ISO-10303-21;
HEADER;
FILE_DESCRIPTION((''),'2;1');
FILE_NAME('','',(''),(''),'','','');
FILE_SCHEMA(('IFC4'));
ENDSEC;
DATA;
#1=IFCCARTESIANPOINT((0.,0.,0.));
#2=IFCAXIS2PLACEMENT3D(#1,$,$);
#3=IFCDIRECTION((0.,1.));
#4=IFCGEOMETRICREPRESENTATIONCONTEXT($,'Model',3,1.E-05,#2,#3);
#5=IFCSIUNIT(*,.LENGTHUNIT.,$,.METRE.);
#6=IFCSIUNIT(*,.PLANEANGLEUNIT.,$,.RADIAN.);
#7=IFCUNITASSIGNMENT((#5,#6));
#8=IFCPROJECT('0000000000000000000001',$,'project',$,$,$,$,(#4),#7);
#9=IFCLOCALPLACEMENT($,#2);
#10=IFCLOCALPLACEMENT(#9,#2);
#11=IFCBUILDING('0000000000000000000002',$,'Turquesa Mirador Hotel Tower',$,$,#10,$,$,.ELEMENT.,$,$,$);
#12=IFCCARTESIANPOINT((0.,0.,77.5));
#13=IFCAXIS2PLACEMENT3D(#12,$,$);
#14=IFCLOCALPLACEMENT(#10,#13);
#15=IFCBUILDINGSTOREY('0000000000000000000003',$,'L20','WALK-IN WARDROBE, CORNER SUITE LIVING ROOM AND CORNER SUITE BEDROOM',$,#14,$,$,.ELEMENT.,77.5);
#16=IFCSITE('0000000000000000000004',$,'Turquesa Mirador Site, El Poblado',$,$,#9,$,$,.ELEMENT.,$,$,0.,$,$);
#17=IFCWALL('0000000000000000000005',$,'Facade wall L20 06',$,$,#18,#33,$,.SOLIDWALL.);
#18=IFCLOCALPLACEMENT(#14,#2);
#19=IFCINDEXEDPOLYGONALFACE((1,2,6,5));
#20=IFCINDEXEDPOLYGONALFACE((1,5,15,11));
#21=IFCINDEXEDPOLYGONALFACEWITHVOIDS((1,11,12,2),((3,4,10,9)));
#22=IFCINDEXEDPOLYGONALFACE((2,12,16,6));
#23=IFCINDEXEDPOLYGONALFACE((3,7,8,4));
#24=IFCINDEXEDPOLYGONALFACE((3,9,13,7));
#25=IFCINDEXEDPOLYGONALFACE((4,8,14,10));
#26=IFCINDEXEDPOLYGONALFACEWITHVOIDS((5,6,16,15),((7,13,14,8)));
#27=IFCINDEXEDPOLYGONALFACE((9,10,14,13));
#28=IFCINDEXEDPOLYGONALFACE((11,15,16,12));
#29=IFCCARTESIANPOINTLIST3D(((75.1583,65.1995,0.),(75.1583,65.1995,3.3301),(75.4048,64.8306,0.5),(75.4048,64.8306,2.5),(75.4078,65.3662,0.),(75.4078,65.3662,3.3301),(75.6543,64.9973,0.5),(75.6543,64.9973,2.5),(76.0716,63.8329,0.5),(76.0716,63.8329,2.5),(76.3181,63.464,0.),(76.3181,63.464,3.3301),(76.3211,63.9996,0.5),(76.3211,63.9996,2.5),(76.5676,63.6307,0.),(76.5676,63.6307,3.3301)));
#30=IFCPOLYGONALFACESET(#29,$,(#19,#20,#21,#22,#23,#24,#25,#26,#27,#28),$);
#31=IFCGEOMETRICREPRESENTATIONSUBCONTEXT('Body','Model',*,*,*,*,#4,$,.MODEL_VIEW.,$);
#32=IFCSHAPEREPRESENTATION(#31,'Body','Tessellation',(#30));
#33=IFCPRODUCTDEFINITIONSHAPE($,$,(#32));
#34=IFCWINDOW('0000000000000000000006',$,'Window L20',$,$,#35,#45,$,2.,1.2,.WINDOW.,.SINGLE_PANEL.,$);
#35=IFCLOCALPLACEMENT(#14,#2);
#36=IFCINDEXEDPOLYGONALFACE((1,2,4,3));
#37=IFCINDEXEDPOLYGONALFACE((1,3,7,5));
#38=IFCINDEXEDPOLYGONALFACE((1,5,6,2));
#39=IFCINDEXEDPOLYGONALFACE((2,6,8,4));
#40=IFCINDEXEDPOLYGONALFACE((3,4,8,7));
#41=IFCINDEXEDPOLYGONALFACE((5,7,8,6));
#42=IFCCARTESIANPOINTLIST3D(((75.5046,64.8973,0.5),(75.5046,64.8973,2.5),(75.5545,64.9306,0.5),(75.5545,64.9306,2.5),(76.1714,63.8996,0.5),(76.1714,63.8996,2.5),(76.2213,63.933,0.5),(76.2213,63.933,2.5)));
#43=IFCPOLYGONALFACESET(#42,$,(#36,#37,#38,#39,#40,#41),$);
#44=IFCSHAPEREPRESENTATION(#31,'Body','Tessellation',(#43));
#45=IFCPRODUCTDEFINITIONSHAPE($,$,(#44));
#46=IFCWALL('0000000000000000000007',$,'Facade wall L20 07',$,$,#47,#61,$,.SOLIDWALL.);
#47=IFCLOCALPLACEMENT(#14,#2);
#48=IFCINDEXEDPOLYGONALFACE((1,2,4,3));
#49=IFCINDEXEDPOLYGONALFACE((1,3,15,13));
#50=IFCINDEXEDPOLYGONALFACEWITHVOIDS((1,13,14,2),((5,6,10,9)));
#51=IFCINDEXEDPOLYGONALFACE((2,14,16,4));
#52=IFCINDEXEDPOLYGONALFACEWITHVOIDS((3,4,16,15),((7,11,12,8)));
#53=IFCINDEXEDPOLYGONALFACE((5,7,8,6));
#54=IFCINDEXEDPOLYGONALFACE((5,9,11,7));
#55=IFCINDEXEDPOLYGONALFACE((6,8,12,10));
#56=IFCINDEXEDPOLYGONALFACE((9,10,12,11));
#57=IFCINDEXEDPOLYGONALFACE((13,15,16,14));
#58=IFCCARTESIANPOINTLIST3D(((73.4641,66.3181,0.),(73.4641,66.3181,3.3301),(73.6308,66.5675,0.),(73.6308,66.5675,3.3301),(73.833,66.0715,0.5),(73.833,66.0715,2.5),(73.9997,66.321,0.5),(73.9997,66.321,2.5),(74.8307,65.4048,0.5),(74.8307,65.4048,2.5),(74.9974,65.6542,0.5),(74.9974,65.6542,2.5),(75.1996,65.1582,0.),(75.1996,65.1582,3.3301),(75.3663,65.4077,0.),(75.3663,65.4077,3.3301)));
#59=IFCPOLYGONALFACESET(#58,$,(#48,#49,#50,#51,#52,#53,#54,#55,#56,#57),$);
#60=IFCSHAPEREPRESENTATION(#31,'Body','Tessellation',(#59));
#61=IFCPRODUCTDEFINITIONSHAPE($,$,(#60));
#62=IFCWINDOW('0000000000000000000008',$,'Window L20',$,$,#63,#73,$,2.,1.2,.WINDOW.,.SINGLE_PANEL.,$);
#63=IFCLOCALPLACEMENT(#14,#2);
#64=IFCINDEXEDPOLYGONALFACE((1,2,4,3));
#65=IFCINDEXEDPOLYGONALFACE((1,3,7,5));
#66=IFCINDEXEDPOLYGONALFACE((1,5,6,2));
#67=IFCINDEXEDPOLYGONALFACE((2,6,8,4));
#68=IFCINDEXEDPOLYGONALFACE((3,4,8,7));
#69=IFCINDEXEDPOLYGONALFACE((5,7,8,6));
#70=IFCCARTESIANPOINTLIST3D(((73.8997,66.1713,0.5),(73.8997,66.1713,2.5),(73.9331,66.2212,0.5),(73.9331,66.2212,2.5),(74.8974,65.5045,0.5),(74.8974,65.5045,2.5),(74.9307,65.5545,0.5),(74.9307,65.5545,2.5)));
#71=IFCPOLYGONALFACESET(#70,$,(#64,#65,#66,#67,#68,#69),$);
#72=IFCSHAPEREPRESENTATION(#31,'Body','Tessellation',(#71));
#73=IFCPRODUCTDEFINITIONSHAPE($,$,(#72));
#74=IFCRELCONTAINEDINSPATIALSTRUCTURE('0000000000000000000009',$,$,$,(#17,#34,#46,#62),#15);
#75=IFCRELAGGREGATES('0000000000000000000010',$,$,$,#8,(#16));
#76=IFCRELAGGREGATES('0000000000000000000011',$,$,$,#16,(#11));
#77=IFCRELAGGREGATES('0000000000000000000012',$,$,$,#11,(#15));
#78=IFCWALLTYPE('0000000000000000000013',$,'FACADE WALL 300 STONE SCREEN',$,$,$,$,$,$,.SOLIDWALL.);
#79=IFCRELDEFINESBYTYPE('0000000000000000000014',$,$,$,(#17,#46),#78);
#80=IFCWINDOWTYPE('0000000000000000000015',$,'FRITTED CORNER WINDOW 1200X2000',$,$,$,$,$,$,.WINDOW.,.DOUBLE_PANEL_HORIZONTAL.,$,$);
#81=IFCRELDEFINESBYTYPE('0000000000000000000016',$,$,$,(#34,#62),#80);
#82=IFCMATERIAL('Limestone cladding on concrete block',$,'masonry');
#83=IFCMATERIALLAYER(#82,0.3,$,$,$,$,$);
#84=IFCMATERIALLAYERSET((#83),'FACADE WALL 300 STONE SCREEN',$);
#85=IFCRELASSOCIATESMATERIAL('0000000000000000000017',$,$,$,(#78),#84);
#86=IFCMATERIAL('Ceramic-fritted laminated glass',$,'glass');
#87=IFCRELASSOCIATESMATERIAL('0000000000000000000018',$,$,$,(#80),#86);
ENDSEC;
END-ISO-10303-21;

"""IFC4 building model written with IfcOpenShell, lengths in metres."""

from ifc_helpers import new_model, si_unit, direction, frame, frame_2d, origin, place, context, subcontext, project, spatial, rectangle, extrude, material, layer, layer_set, type_object, element, fill, save


model = new_model("IFC4")

# Units and contexts
model_context = context("Model", 3, precision=1e-05, world=origin(), true_north=direction((0.0, 1.0)))
body_context = subcontext(model_context, "Body", "Model", "MODEL_VIEW")
ifc_project = project(units=[si_unit("LENGTHUNIT", "METRE"), si_unit("PLANEANGLEUNIT", "RADIAN")], contexts=[model_context])

# Site, building, storey
site_placement = place(None, origin())
site = spatial("IfcSite", under=ifc_project, at=site_placement, Name="Turquesa Mirador Site, El Poblado", CompositionType="ELEMENT", RefElevation=0.0)
building_placement = place(site_placement, origin())
building = spatial("IfcBuilding", under=site, at=building_placement, Name="Turquesa Mirador Hotel Tower", CompositionType="ELEMENT")
storey_placement = place(building_placement, frame((0.0, 0.0, 77.5)))
storey = spatial("IfcBuildingStorey", under=building, at=storey_placement, Name="L20", Description="WALK-IN WARDROBE, CORNER SUITE LIVING ROOM AND CORNER SUITE BEDROOM", CompositionType="ELEMENT", Elevation=77.5)

# Walls, openings, windows
ifc_material_1 = material(Name="Limestone cladding on concrete block", Category="masonry")
ifc_layer = layer(ifc_material_1, 0.3)
ifc_layer_set = layer_set([ifc_layer], Name="FACADE WALL 300 STONE SCREEN")
wall_type = type_object("IfcWallType", Name="FACADE WALL 300 STONE SCREEN", PredefinedType="SOLIDWALL", material=ifc_layer_set)
wall_1_placement = place(storey_placement, frame((76.4429, 63.5474, 0.0), z_axis=(0.0, 0.0, 1.0), x_axis=(-0.555644, 0.83142, 0.0)))
wall_1 = element("IfcWall", 1, at=wall_1_placement, inside=storey, type_object=wall_type, Name="Facade wall L20 06", PredefinedType="SOLIDWALL", context=body_context, shape_type="SweptSolid", body=[
    extrude(rectangle(XDim=2.0874, YDim=0.3, at=frame_2d((1.0437, 0.0))), origin(), (0.0, 0.0, 1.0), 3.3301),
])
opening_1_placement = place(wall_1_placement, frame((0.4436, 0.0, 0.5)))
opening_1 = element("IfcOpeningElement", 2, at=opening_1_placement, cuts=wall_1, PredefinedType="OPENING", context=body_context, shape_type="SweptSolid", body=[
    extrude(rectangle(XDim=1.2, YDim=2.0, at=frame_2d((0.6001, 1.0))), frame((0.0, 0.1599, 0.0), z_axis=(0.0, -1.0, 0.0), x_axis=(1.0, 0.0, 0.0)), (0.0, 0.0, 1.0), 0.3201),
])
ifc_material_2 = material(Name="Ceramic-fritted laminated glass", Category="glass")
window_type_1 = type_object("IfcWindowType", Name="FRITTED CORNER WINDOW 1200X2000", PartitioningType="DOUBLE_PANEL_HORIZONTAL", PredefinedType="WINDOW", material=ifc_material_2)
window_1_placement = place(opening_1_placement, origin())
window_1 = element("IfcWindow", 3, at=window_1_placement, inside=storey, type_object=window_type_1, Name="Window L20", OverallHeight=2.0, OverallWidth=1.2, PartitioningType="SINGLE_PANEL", PredefinedType="WINDOW", context=body_context, shape_type="SweptSolid", body=[
    extrude(rectangle(XDim=1.2, YDim=2.0, at=frame_2d((0.6001, 1.0))), frame((0.0, 0.03, 0.0), z_axis=(0.0, -1.0, 0.0), x_axis=(1.0, 0.0, 0.0)), (0.0, 0.0, 1.0), 0.0601),
])
fill(opening_1, window_1)
wall_2_placement = place(storey_placement, frame((75.283, 65.283, 0.0), z_axis=(0.0, 0.0, 1.0), x_axis=(-0.83142, 0.555644, 0.0)))
wall_2 = element("IfcWall", 4, at=wall_2_placement, inside=storey, type_object=wall_type, Name="Facade wall L20 07", PredefinedType="SOLIDWALL", context=body_context, shape_type="SweptSolid", body=[
    extrude(rectangle(XDim=2.0874, YDim=0.3, at=frame_2d((1.0437, 0.0))), origin(), (0.0, 0.0, 1.0), 3.3301),
])
opening_2_placement = place(wall_2_placement, frame((0.4436, 0.0, 0.5)))
opening_2 = element("IfcOpeningElement", 5, at=opening_2_placement, cuts=wall_2, PredefinedType="OPENING", context=body_context, shape_type="SweptSolid", body=[
    extrude(rectangle(XDim=1.2, YDim=2.0, at=frame_2d((0.6001, 1.0))), frame((0.0, 0.1599, 0.0), z_axis=(0.0, -1.0, 0.0), x_axis=(1.0, 0.0, 0.0)), (0.0, 0.0, 1.0), 0.3201),
])
window_2_placement = place(opening_2_placement, origin())
window_2 = element("IfcWindow", 6, at=window_2_placement, inside=storey, type_object=window_type_1, Name="Window L20", OverallHeight=2.0, OverallWidth=1.2, PartitioningType="SINGLE_PANEL", PredefinedType="WINDOW", context=body_context, shape_type="SweptSolid", body=[
    extrude(rectangle(XDim=1.2, YDim=2.0, at=frame_2d((0.6001, 1.0))), frame((0.0, 0.03, 0.0), z_axis=(0.0, -1.0, 0.0), x_axis=(1.0, 0.0, 0.0)), (0.0, 0.0, 1.0), 0.0601),
])
fill(opening_2, window_2)

save(model, "model.ifc")
